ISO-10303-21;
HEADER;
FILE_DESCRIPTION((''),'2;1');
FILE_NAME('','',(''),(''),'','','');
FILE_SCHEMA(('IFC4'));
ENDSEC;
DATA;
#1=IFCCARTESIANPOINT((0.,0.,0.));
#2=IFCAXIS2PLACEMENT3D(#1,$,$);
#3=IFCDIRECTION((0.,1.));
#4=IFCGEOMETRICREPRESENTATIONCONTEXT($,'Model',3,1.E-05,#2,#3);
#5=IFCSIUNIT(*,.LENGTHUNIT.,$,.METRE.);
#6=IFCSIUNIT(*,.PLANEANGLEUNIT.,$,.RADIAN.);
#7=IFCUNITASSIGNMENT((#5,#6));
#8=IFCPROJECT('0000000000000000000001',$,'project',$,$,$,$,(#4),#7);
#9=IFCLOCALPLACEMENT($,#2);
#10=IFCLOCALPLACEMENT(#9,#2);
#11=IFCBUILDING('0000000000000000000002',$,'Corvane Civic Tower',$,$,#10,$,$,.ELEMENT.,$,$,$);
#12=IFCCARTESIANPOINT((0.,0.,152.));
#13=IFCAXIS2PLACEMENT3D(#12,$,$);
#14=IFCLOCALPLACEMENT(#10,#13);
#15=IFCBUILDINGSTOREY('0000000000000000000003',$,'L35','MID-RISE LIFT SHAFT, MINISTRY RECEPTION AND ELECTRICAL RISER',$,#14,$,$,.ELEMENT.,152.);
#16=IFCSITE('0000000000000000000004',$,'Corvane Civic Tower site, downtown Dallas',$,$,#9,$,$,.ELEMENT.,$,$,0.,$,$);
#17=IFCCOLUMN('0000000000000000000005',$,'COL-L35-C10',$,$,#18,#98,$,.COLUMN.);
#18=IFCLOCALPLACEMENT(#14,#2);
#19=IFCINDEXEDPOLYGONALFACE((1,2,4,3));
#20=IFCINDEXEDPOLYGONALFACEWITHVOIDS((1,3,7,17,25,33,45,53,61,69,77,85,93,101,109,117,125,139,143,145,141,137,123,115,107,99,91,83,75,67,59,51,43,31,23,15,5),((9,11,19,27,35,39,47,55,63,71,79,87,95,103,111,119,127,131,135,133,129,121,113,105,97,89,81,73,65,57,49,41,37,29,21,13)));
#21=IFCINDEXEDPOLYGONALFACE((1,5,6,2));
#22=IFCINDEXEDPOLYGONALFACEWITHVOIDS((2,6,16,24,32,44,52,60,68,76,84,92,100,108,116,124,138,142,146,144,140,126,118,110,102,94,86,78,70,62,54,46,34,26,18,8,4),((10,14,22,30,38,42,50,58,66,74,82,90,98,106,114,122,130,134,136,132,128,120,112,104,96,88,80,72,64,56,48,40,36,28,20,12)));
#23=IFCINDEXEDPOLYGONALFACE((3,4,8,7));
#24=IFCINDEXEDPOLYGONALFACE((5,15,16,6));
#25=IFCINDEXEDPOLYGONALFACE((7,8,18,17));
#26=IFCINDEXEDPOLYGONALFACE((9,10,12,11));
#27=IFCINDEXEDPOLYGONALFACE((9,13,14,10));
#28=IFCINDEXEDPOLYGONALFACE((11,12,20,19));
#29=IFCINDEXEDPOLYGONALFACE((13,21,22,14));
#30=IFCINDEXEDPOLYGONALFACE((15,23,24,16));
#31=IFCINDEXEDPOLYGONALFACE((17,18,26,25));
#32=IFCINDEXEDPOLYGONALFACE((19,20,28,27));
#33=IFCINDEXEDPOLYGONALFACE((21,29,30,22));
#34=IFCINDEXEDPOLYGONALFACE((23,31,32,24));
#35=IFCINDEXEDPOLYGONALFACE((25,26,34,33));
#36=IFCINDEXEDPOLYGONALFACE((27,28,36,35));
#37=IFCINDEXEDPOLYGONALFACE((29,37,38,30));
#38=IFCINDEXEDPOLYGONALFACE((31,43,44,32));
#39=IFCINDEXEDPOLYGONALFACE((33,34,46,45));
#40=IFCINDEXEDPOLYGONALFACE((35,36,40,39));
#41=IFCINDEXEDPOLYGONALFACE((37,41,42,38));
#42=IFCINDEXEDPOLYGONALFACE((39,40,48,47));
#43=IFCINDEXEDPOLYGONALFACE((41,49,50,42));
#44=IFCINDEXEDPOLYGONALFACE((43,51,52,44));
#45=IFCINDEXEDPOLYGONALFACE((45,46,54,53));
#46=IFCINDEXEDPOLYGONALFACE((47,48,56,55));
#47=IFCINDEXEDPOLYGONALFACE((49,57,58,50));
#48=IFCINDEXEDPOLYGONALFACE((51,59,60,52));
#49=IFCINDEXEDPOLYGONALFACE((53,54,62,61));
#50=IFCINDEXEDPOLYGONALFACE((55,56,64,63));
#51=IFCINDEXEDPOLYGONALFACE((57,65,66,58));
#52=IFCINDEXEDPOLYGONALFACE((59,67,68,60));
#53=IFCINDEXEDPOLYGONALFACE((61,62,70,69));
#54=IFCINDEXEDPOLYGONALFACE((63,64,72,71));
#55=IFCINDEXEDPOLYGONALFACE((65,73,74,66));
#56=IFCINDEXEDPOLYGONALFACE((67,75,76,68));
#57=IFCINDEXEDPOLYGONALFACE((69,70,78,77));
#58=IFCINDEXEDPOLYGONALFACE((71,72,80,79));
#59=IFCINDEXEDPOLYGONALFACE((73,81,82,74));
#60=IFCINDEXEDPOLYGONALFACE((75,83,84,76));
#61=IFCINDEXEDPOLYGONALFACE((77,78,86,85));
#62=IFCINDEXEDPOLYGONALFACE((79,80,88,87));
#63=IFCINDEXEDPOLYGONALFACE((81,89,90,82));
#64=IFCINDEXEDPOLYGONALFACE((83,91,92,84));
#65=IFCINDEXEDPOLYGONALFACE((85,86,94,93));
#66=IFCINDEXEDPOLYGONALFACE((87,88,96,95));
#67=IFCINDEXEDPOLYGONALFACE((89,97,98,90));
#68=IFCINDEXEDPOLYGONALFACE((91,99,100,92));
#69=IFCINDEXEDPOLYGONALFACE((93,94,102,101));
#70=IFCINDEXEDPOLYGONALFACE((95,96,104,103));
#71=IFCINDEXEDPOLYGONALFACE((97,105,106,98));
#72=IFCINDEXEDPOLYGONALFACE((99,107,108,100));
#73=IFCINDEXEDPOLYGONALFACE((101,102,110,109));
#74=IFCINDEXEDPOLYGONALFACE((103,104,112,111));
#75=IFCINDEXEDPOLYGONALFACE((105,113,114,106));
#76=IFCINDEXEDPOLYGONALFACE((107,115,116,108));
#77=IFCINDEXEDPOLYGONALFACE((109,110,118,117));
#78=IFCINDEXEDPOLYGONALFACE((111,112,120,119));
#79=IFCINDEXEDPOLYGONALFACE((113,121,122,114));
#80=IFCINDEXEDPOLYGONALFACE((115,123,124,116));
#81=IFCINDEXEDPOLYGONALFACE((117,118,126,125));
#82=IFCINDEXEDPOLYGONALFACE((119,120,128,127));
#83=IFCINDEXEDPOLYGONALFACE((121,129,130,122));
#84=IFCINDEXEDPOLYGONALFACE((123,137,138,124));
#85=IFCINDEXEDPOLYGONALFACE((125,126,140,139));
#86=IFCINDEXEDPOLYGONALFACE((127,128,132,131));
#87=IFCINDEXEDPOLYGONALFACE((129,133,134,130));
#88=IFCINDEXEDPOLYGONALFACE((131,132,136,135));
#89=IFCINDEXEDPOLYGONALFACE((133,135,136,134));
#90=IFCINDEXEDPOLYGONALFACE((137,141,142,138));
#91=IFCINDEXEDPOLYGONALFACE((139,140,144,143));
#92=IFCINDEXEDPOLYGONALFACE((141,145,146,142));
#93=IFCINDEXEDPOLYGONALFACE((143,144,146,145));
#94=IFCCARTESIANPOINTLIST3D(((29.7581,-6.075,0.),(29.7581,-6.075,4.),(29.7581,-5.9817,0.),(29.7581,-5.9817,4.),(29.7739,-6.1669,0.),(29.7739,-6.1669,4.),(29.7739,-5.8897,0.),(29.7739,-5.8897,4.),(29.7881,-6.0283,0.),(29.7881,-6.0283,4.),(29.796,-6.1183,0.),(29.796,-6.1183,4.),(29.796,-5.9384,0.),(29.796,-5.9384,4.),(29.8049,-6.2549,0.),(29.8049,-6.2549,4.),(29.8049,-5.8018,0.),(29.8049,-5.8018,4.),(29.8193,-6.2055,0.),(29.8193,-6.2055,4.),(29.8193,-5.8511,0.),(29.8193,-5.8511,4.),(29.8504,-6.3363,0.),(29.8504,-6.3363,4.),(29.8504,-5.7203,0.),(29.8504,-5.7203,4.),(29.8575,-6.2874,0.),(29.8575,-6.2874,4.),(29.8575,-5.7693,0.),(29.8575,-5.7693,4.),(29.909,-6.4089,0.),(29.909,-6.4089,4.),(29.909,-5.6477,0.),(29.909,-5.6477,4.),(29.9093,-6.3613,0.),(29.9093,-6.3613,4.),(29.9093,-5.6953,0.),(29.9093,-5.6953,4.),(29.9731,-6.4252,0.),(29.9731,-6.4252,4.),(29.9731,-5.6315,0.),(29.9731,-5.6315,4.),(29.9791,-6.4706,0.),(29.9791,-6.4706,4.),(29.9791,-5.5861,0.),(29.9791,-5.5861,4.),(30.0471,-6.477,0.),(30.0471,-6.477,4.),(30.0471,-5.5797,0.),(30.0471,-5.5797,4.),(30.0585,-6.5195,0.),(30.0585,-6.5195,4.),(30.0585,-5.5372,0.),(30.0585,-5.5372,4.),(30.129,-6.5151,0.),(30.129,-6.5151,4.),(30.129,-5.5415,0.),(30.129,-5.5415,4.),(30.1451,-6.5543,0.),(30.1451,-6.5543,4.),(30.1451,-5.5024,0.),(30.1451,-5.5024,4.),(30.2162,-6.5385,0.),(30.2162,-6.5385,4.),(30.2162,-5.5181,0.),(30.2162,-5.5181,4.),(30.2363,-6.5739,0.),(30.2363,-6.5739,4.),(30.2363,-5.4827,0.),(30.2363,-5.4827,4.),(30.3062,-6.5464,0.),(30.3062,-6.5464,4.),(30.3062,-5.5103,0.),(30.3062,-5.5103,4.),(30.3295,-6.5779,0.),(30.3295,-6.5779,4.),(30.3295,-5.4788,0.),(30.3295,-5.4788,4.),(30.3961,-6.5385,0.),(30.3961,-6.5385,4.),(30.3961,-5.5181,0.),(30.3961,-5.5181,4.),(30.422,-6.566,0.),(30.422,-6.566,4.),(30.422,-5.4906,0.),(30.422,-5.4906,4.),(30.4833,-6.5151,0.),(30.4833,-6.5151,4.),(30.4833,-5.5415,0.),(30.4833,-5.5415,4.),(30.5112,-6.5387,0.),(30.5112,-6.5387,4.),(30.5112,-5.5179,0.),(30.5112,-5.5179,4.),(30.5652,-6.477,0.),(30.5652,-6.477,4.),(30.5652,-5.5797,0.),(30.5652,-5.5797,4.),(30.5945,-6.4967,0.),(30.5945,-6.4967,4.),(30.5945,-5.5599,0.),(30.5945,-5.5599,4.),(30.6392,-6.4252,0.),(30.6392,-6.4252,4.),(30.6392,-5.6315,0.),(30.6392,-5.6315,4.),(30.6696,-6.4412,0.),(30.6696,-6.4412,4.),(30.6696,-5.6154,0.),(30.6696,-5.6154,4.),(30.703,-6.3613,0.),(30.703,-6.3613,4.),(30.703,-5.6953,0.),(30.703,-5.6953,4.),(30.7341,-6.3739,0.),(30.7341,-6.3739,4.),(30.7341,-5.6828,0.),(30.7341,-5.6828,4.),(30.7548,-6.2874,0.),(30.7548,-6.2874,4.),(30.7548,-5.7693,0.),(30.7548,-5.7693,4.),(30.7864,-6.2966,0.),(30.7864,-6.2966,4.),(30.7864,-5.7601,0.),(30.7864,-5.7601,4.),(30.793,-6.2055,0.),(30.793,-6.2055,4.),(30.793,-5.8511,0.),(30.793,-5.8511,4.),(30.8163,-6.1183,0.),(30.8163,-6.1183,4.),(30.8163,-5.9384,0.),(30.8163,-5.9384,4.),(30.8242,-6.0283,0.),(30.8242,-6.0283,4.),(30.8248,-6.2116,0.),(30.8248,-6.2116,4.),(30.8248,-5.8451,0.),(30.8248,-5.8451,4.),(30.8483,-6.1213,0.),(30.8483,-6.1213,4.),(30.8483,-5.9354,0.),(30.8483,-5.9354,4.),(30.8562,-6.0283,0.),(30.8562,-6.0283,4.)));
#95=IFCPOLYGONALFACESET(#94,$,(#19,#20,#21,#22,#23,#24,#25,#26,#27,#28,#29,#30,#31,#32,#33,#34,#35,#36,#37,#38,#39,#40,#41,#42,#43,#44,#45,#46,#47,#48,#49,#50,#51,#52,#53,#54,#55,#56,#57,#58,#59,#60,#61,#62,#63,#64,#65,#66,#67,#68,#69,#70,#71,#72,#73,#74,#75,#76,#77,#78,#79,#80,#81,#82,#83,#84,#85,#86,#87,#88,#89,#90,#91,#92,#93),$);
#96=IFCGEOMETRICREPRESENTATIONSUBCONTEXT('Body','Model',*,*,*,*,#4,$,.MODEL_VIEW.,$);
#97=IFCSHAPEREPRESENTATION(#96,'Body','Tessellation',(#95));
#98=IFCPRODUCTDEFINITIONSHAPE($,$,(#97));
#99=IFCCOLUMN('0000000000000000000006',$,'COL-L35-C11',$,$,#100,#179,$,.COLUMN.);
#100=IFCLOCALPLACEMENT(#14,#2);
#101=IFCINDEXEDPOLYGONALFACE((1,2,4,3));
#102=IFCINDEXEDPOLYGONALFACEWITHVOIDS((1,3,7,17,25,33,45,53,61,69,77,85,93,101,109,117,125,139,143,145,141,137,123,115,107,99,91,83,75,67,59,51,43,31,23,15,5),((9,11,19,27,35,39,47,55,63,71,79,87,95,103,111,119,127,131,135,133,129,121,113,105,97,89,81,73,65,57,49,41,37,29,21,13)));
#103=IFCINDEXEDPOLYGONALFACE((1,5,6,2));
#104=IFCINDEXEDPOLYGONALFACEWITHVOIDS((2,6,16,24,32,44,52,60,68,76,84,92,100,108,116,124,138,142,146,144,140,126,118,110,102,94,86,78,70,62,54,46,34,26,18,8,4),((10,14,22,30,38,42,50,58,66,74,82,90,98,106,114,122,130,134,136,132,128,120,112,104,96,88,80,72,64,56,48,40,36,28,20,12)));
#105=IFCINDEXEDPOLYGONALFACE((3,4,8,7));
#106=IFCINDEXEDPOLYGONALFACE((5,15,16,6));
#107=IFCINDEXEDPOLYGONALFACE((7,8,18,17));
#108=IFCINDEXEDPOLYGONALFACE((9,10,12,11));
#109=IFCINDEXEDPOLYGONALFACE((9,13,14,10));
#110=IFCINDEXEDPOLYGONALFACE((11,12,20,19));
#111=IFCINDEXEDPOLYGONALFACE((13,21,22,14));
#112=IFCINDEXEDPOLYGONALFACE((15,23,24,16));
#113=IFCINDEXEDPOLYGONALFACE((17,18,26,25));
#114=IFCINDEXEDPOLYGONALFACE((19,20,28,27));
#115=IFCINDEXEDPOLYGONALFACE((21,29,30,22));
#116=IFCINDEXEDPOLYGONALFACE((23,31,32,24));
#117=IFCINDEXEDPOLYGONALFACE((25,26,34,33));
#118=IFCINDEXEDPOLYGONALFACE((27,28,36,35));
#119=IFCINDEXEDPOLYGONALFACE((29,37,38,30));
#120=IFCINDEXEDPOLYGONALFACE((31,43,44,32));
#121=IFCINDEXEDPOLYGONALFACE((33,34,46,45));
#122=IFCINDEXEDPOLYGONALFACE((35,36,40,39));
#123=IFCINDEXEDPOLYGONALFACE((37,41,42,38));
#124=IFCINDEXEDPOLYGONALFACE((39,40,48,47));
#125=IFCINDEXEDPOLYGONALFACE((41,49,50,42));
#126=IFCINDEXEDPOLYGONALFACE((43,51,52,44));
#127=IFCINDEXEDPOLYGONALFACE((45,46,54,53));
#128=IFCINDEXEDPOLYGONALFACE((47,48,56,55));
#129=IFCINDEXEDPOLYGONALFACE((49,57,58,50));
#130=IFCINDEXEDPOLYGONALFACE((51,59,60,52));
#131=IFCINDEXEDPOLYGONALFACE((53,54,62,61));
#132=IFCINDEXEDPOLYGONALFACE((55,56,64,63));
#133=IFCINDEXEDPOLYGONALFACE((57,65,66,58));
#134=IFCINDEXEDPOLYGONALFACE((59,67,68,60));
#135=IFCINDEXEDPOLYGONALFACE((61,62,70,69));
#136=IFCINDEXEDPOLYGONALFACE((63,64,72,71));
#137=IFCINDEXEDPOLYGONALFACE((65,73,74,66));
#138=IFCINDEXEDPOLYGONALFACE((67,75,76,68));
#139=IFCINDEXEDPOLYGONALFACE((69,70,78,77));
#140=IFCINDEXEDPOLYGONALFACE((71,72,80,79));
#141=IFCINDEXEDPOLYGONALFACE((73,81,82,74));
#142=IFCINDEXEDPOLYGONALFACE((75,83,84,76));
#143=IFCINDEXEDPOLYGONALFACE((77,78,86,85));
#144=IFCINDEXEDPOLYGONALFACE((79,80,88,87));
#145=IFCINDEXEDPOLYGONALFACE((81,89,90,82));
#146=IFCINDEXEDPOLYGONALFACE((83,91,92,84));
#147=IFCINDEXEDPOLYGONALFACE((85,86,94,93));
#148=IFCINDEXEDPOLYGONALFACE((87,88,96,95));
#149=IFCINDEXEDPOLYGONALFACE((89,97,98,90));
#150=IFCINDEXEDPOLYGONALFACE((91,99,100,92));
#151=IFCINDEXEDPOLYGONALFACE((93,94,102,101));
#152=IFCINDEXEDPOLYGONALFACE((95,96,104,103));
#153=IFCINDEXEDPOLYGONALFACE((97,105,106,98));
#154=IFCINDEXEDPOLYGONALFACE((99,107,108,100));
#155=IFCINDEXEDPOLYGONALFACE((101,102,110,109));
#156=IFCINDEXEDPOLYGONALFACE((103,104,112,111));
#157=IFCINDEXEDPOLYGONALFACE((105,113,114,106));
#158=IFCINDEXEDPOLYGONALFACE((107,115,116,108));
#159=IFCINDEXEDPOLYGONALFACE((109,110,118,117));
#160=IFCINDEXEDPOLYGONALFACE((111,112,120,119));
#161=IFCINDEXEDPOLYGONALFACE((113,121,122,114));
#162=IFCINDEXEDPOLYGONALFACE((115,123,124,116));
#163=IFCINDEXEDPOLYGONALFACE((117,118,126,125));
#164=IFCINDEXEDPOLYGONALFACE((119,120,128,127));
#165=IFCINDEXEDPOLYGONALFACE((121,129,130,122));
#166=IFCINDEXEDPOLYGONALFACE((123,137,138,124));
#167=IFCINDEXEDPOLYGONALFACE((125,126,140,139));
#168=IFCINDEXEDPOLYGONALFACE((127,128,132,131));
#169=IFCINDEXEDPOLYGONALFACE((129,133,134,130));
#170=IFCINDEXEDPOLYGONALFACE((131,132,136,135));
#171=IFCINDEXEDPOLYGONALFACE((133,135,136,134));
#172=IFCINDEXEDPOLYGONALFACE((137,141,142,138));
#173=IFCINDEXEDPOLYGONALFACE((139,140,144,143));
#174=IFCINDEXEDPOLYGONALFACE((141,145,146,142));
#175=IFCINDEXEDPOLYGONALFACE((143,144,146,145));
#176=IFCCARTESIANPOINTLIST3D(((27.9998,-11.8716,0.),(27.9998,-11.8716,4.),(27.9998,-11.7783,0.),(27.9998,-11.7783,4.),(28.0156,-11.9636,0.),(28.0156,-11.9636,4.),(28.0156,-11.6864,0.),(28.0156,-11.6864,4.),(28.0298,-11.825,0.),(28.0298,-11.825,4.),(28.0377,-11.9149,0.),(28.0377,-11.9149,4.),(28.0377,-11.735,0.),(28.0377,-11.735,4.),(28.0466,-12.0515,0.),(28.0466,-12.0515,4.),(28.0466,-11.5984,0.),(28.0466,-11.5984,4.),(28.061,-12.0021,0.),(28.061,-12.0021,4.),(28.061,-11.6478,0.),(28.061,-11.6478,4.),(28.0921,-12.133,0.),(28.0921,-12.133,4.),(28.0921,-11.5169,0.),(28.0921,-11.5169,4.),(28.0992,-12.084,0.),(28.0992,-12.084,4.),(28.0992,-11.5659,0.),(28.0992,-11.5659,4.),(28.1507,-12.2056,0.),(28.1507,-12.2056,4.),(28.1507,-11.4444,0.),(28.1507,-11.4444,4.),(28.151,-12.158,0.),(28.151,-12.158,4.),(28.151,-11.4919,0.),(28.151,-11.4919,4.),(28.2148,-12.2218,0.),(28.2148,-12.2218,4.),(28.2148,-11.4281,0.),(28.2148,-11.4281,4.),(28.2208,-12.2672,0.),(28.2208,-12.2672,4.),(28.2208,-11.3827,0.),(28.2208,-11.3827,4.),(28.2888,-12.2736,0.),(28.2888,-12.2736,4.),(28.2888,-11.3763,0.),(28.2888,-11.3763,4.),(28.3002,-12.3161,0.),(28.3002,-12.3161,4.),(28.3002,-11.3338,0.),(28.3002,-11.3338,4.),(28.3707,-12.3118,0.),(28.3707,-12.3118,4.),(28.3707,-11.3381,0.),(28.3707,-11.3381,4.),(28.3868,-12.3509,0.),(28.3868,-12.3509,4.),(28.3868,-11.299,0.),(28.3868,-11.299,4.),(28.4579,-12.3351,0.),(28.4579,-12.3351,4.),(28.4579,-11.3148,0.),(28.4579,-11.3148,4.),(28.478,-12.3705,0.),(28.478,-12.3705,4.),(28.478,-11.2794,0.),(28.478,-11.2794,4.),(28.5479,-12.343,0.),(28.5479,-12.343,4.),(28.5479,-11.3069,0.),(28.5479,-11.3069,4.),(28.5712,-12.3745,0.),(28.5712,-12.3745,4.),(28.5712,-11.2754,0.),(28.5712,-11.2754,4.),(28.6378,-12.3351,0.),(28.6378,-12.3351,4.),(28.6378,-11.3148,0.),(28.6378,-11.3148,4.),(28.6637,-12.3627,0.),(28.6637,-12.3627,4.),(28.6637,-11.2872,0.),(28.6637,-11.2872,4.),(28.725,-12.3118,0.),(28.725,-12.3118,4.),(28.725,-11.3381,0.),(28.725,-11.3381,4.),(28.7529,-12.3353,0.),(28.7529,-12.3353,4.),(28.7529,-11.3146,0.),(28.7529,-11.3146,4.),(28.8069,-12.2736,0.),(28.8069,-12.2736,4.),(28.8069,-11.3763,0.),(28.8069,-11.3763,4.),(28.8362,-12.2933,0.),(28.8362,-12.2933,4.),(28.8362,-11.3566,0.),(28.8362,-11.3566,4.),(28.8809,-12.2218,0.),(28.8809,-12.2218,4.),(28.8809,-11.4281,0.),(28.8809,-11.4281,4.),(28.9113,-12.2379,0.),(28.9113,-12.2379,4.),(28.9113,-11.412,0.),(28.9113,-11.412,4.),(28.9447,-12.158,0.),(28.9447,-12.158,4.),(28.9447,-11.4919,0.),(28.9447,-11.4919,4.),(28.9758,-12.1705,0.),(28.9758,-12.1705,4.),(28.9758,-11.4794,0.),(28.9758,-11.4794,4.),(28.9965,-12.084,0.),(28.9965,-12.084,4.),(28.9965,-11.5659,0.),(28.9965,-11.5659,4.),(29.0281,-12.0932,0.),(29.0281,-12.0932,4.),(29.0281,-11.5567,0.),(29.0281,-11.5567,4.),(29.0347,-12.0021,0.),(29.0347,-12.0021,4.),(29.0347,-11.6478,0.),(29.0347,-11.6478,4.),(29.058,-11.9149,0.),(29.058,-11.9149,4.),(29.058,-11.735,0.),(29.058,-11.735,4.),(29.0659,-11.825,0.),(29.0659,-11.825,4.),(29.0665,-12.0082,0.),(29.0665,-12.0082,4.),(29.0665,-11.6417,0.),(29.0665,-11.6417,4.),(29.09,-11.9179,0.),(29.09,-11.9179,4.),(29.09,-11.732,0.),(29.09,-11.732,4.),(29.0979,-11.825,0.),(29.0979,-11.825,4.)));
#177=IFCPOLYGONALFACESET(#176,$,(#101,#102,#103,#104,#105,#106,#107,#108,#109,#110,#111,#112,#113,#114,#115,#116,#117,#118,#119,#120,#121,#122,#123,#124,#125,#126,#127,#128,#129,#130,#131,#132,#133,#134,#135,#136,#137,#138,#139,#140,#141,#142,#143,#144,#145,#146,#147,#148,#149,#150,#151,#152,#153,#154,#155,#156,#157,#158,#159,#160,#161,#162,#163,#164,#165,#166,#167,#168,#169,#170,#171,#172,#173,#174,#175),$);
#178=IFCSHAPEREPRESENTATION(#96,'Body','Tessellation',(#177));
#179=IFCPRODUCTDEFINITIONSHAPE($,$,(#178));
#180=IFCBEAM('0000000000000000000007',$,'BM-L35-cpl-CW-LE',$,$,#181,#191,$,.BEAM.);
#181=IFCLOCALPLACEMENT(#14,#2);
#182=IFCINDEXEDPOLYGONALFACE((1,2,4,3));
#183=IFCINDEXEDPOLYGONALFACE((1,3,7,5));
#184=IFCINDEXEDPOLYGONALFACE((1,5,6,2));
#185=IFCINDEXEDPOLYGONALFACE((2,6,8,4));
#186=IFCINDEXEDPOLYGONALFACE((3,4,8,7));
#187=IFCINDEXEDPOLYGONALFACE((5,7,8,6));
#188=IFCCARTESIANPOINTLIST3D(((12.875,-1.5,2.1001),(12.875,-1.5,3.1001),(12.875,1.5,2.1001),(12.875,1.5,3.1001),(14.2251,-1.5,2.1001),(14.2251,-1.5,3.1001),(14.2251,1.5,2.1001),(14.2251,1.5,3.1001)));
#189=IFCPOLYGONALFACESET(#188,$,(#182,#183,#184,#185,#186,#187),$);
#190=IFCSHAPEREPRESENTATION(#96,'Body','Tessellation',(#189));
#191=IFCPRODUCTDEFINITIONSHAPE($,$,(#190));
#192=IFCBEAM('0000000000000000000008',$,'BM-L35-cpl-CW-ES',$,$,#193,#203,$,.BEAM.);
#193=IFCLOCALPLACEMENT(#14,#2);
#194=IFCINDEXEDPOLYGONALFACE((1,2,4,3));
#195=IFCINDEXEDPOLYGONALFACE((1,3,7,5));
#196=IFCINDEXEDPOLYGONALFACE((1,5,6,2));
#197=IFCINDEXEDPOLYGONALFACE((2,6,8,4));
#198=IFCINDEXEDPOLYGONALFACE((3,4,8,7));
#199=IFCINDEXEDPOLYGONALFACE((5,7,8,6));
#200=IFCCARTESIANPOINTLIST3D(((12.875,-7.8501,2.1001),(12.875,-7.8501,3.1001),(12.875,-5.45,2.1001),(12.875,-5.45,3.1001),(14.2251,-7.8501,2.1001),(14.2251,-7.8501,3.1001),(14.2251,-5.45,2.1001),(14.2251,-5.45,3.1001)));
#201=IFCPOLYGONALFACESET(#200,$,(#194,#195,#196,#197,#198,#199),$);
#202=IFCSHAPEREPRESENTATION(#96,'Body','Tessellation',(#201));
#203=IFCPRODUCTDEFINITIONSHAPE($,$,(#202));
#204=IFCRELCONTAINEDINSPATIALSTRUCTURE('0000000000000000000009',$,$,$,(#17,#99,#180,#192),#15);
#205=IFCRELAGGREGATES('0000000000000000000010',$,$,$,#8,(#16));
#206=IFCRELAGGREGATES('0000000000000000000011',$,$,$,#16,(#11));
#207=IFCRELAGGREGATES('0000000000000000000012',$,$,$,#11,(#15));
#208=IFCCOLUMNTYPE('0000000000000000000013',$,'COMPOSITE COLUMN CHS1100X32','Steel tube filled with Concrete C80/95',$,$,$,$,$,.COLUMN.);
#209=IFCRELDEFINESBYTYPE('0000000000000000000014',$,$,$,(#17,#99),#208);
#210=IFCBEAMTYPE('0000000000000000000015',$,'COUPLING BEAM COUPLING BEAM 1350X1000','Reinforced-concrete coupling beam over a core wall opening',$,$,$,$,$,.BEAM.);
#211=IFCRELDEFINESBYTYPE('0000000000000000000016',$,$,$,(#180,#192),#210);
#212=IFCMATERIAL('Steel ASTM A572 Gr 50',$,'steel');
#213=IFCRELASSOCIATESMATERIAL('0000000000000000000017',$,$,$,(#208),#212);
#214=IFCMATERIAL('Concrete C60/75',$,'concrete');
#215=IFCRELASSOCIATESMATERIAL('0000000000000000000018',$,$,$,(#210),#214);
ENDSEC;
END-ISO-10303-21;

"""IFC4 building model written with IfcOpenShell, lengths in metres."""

from ifc_helpers import new_model, si_unit, direction, frame, origin, origin_2d, place, context, subcontext, project, spatial, rectangle, hollow_circle, extrude, material, material_profile, profile_set, type_object, element, save


model = new_model("IFC4")

# Units and contexts
model_context = context("Model", 3, precision=1e-05, world=origin(), true_north=direction((0.0, 1.0)))
body_context = subcontext(model_context, "Body", "Model", "MODEL_VIEW")
ifc_project = project(units=[si_unit("LENGTHUNIT", "METRE"), si_unit("PLANEANGLEUNIT", "RADIAN")], contexts=[model_context])

# Site, building, storey
site_placement = place(None, origin())
site = spatial("IfcSite", under=ifc_project, at=site_placement, Name="Corvane Civic Tower site, downtown Dallas", CompositionType="ELEMENT", RefElevation=0.0)
building_placement = place(site_placement, origin())
building = spatial("IfcBuilding", under=site, at=building_placement, Name="Corvane Civic Tower", CompositionType="ELEMENT")
storey_placement = place(building_placement, frame((0.0, 0.0, 152.0)))
storey = spatial("IfcBuildingStorey", under=building, at=storey_placement, Name="L35", Description="MID-RISE LIFT SHAFT, MINISTRY RECEPTION AND ELECTRICAL RISER", CompositionType="ELEMENT", Elevation=152.0)

# Columns
ifc_material_1 = material(Name="Steel ASTM A572 Gr 50", Category="steel")
ifc_material_profile_1 = material_profile(ifc_material_1, hollow_circle(Radius=0.55, WallThickness=0.032, at=origin_2d()), Name="CHS1100X32")
ifc_profile_set_1 = profile_set([ifc_material_profile_1], Name="Steel ASTM A572 Gr 50")
column_type = type_object("IfcColumnType", Name="COMPOSITE COLUMN CHS1100X32", Description="Steel tube filled with Concrete C80/95", PredefinedType="COLUMN", material=ifc_profile_set_1)
for number, where, z_axis, x_axis, name in (
    (1, (30.3062, -6.0283, 0.0), (0.0, 0.0, 1.0), (1.0, 0.0, 0.0), "COL-L35-C10"),
    (2, (28.5479, -11.825, 0.0), (0.0, 0.0, 1.0), (1.0, 0.0, 0.0), "COL-L35-C11"),
):
    element("IfcColumn", number, at=place(storey_placement, frame(where, z_axis=z_axis, x_axis=x_axis)), inside=storey, type_object=column_type, Name=name, PredefinedType="COLUMN", context=body_context, shape_type="SweptSolid", body=[
        extrude(hollow_circle(Radius=0.55, WallThickness=0.032, at=origin_2d()), origin(), (0.0, 0.0, 1.0), 4.0),
    ])

# Beams
ifc_material_2 = material(Name="Concrete C60/75", Category="concrete")
ifc_material_profile_2 = material_profile(ifc_material_2, rectangle(XDim=1.3501, YDim=1.0, at=origin_2d()), Name="COUPLING BEAM 1350X1000")
ifc_profile_set_2 = profile_set([ifc_material_profile_2], Name="Concrete C60/75")
beam_type_1 = type_object("IfcBeamType", Name="COUPLING BEAM COUPLING BEAM 1350X1000", Description="Reinforced-concrete coupling beam over a core wall opening", PredefinedType="BEAM", material=ifc_profile_set_2)
beam_1_placement = place(storey_placement, frame((13.55, -1.5, 2.6001), z_axis=(0.0, 1.0, 0.0), x_axis=(-1.0, 0.0, 0.0)))
element("IfcBeam", 3, at=beam_1_placement, inside=storey, type_object=beam_type_1, Name="BM-L35-cpl-CW-LE", PredefinedType="BEAM", context=body_context, shape_type="SweptSolid", body=[
    extrude(rectangle(XDim=1.3501, YDim=1.0, at=origin_2d()), origin(), (0.0, 0.0, 1.0), 3.0),
])
beam_2_placement = place(storey_placement, frame((13.55, -7.8501, 2.6001), z_axis=(0.0, 1.0, 0.0), x_axis=(-1.0, 0.0, 0.0)))
element("IfcBeam", 4, at=beam_2_placement, inside=storey, type_object=beam_type_1, Name="BM-L35-cpl-CW-ES", PredefinedType="BEAM", context=body_context, shape_type="SweptSolid", body=[
    extrude(rectangle(XDim=1.3501, YDim=1.0, at=origin_2d()), origin(), (0.0, 0.0, 1.0), 2.4001),
])

save(model, "model.ifc")
